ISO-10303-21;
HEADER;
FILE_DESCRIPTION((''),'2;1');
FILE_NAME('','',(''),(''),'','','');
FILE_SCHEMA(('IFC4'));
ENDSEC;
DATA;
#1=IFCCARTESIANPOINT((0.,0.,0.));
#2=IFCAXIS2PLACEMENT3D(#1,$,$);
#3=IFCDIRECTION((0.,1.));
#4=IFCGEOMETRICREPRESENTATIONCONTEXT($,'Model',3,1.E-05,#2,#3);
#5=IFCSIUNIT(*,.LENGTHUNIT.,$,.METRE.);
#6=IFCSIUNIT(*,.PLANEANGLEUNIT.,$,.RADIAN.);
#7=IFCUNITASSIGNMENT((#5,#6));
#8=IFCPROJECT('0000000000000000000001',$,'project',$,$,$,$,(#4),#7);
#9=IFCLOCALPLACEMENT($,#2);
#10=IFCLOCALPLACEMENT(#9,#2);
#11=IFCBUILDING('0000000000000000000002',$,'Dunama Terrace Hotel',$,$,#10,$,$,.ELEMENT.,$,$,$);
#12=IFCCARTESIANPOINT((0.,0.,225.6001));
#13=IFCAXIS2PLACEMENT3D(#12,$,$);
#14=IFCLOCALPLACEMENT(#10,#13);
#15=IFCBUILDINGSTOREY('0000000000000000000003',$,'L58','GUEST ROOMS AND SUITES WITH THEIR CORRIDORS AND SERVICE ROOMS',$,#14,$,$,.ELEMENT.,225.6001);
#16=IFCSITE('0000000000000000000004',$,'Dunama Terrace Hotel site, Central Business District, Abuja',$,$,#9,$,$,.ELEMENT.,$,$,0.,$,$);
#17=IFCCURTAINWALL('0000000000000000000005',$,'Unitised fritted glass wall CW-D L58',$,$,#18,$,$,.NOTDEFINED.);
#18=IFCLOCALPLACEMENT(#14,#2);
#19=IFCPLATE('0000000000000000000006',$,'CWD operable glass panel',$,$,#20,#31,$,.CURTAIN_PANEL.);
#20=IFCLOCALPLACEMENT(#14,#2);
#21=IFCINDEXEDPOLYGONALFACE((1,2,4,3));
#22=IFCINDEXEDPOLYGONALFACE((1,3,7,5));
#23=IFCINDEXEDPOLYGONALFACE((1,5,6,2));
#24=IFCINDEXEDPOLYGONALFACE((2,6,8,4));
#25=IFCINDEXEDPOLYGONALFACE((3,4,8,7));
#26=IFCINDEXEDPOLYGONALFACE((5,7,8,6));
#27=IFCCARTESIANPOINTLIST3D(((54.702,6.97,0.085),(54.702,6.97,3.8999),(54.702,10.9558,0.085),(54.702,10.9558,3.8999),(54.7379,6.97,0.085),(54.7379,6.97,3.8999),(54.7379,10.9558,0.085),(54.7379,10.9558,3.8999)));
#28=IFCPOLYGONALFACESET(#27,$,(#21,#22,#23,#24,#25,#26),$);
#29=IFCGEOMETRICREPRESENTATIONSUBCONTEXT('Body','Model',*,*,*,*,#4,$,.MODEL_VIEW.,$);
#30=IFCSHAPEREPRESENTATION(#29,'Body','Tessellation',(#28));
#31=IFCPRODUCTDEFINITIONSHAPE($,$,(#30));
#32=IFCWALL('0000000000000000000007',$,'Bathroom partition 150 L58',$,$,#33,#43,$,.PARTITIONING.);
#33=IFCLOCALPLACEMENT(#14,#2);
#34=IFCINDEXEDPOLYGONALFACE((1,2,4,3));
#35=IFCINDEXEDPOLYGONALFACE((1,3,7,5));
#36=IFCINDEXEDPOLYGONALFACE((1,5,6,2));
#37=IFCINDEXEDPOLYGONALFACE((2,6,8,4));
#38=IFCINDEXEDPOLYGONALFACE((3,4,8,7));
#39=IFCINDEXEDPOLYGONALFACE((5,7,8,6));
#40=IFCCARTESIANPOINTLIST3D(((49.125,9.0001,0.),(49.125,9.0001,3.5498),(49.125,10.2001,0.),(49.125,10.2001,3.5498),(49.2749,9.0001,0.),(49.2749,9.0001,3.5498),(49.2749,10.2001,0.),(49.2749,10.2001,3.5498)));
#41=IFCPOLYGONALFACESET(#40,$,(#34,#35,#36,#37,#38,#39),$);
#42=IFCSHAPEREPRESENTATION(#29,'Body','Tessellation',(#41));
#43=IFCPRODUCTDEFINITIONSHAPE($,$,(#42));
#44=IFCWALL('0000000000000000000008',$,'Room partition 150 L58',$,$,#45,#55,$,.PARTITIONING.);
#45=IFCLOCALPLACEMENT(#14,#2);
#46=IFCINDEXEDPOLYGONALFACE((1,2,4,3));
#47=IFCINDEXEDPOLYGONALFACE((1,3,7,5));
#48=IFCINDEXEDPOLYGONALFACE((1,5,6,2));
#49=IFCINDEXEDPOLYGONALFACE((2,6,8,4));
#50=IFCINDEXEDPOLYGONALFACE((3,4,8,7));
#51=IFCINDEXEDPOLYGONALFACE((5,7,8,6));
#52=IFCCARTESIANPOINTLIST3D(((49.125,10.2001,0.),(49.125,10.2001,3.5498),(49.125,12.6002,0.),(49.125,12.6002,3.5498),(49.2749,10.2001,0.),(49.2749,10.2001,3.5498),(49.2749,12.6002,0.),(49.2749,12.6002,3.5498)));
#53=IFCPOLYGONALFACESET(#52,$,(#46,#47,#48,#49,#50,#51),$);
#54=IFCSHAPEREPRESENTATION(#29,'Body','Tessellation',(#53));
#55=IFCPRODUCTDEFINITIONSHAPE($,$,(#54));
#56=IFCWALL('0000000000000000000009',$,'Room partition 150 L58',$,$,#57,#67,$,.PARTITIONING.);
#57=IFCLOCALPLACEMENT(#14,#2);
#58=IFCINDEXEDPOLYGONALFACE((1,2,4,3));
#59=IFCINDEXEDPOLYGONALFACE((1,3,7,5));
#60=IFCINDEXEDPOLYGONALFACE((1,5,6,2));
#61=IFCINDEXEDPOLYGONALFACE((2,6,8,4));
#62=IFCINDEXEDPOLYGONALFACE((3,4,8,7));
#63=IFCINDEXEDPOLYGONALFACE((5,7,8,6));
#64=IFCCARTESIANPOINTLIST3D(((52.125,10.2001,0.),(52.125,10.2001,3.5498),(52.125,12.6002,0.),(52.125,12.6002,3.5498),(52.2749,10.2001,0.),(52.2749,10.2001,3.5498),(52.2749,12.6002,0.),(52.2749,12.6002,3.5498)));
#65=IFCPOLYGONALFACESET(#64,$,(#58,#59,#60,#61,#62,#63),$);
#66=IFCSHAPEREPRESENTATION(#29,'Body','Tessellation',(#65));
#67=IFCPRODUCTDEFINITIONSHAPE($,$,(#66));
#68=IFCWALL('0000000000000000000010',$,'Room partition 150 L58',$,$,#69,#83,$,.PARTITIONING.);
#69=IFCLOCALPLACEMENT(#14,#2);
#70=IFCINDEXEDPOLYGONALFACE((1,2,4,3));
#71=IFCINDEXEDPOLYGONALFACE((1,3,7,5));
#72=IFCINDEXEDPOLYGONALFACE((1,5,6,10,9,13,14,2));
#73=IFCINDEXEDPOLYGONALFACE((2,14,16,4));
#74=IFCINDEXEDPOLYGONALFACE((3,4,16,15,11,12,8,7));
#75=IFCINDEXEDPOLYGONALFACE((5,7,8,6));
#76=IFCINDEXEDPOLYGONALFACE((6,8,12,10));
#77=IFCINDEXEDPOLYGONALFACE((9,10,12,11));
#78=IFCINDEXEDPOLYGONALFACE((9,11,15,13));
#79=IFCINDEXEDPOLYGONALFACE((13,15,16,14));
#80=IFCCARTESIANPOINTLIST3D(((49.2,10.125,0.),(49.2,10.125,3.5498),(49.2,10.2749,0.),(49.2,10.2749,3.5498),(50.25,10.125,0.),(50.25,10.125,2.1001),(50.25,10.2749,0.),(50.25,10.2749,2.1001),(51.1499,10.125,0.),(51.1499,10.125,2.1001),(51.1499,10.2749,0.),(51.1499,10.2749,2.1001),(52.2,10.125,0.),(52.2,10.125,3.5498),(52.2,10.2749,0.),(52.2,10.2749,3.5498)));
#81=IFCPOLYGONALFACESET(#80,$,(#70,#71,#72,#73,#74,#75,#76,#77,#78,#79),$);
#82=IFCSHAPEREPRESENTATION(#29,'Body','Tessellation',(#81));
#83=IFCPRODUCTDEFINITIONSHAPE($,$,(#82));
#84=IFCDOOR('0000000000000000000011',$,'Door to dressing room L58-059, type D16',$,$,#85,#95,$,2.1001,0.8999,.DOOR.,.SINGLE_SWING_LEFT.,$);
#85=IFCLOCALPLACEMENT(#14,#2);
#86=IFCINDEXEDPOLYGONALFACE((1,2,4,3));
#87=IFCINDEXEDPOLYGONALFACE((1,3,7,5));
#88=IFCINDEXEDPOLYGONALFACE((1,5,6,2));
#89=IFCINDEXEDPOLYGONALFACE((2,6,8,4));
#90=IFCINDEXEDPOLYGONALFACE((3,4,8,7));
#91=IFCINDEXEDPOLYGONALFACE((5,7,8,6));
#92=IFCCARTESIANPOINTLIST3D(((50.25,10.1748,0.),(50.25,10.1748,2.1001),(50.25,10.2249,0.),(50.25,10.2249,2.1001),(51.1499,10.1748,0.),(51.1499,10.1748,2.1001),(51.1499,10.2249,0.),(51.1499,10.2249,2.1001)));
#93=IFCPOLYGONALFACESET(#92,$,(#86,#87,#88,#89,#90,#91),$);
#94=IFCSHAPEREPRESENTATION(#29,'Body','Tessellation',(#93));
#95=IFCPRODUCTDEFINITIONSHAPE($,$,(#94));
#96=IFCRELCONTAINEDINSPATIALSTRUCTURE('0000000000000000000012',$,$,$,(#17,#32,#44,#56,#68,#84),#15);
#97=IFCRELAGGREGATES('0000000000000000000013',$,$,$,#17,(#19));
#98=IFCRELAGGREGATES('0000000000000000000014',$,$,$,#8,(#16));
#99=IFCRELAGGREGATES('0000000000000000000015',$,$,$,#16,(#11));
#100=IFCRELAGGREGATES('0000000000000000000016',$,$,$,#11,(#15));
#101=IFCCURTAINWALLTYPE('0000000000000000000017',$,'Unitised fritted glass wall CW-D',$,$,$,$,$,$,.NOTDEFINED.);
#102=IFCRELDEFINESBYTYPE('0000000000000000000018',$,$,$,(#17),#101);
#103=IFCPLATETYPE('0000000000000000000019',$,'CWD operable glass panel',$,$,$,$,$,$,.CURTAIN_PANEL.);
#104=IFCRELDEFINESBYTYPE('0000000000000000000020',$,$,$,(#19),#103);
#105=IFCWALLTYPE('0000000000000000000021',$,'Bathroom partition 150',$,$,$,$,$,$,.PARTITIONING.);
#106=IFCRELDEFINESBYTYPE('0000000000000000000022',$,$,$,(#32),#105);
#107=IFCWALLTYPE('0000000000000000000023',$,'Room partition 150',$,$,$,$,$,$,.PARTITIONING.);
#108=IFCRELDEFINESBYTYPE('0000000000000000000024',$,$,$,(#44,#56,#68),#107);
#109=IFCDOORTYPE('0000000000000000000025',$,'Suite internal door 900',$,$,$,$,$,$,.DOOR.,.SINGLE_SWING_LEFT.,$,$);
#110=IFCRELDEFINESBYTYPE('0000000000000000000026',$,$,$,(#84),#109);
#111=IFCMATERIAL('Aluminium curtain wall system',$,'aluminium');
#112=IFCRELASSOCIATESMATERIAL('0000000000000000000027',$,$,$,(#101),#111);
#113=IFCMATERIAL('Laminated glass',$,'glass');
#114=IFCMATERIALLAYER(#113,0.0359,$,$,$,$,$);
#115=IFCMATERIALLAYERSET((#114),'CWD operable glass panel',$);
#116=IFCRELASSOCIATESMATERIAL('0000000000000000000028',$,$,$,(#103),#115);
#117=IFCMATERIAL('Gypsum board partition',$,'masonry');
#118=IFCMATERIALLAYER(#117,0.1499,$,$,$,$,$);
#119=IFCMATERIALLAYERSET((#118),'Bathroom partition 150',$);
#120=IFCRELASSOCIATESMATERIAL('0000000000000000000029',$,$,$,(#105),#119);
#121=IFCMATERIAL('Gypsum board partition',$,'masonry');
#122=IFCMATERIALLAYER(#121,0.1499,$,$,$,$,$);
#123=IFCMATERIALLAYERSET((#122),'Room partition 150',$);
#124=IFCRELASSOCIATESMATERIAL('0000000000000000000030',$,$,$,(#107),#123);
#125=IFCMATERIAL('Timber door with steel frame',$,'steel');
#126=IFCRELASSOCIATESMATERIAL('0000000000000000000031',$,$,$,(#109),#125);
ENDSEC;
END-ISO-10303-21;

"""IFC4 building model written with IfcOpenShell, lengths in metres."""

from ifc_helpers import new_model, si_unit, direction, frame, frame_2d, origin, origin_2d, place, context, subcontext, project, spatial, rectangle, extrude, material, layer, layer_set, type_object, element, fill, aggregate, save


model = new_model("IFC4")

# Units and contexts
model_context = context("Model", 3, precision=1e-05, world=origin(), true_north=direction((0.0, 1.0)))
body_context = subcontext(model_context, "Body", "Model", "MODEL_VIEW")
ifc_project = project(units=[si_unit("LENGTHUNIT", "METRE"), si_unit("PLANEANGLEUNIT", "RADIAN")], contexts=[model_context])

# Site, building, storey
site_placement = place(None, origin())
site = spatial("IfcSite", under=ifc_project, at=site_placement, Name="Dunama Terrace Hotel site, Central Business District, Abuja", CompositionType="ELEMENT", RefElevation=0.0)
building_placement = place(site_placement, origin())
building = spatial("IfcBuilding", under=site, at=building_placement, Name="Dunama Terrace Hotel", CompositionType="ELEMENT")
storey_placement = place(building_placement, frame((0.0, 0.0, 225.6001)))
storey = spatial("IfcBuildingStorey", under=building, at=storey_placement, Name="L58", Description="GUEST ROOMS AND SUITES WITH THEIR CORRIDORS AND SERVICE ROOMS", CompositionType="ELEMENT", Elevation=225.6001)

# Shared definitions
ifc_material_1 = material(Name="Aluminium curtain wall system", Category="aluminium")
curtain_wall_type = type_object("IfcCurtainWallType", Name="Unitised fritted glass wall CW-D", PredefinedType="NOTDEFINED", material=ifc_material_1)

# Curtain wall
curtain_wall_1_placement = place(storey_placement, origin())
curtain_wall_1 = element("IfcCurtainWall", 1, at=curtain_wall_1_placement, inside=storey, type_object=curtain_wall_type, Name="Unitised fritted glass wall CW-D L58", PredefinedType="NOTDEFINED")

# Plate
ifc_material_2 = material(Name="Laminated glass", Category="glass")
ifc_layer_1 = layer(ifc_material_2, 0.0359)
ifc_layer_set_1 = layer_set([ifc_layer_1], Name="CWD operable glass panel")
plate_type_1 = type_object("IfcPlateType", Name="CWD operable glass panel", PredefinedType="CURTAIN_PANEL", material=ifc_layer_set_1)
plate_1_placement = place(storey_placement, frame((54.72, 8.9629, 0.085), z_axis=(0.0, 0.0, 1.0), x_axis=(0.0, 1.0, 0.0)))
plate_1 = element("IfcPlate", 2, at=plate_1_placement, type_object=plate_type_1, Name="CWD operable glass panel", PredefinedType="CURTAIN_PANEL", context=body_context, shape_type="SweptSolid", body=[
    extrude(rectangle(XDim=3.9858, YDim=0.0359, at=origin_2d()), origin(), (0.0, 0.0, 1.0), 3.8149),
])
aggregate(curtain_wall_1, [plate_1])

# Walls
ifc_material_3 = material(Name="Gypsum board partition", Category="masonry")
ifc_layer_2 = layer(ifc_material_3, 0.1499)
ifc_layer_set_2 = layer_set([ifc_layer_2], Name="Bathroom partition 150")
wall_type_1 = type_object("IfcWallType", Name="Bathroom partition 150", PredefinedType="PARTITIONING", material=ifc_layer_set_2)
wall_1_placement = place(storey_placement, frame((49.2, 9.0, 0.0), z_axis=(0.0, 0.0, 1.0), x_axis=(0.0, 1.0, 0.0)))
element("IfcWall", 3, at=wall_1_placement, inside=storey, type_object=wall_type_1, Name="Bathroom partition 150 L58", PredefinedType="PARTITIONING", context=body_context, shape_type="SweptSolid", body=[
    extrude(rectangle(XDim=1.2, YDim=0.1499, at=frame_2d((0.6001, 0.0))), origin(), (0.0, 0.0, 1.0), 3.5498),
])
ifc_material_4 = material(Name="Gypsum board partition", Category="masonry")
ifc_layer_3 = layer(ifc_material_4, 0.1499)
ifc_layer_set_3 = layer_set([ifc_layer_3], Name="Room partition 150")
wall_type_2 = type_object("IfcWallType", Name="Room partition 150", PredefinedType="PARTITIONING", material=ifc_layer_set_3)
for number, where, z_axis, x_axis, name in (
    (4, (49.2, 10.2, 0.0), (0.0, 0.0, 1.0), (0.0, 1.0, 0.0), "Room partition 150 L58"),
    (5, (52.2, 10.2, 0.0), (0.0, 0.0, 1.0), (0.0, 1.0, 0.0), "Room partition 150 L58"),
):
    element("IfcWall", number, at=place(storey_placement, frame(where, z_axis=z_axis, x_axis=x_axis)), inside=storey, type_object=wall_type_2, Name=name, PredefinedType="PARTITIONING", context=body_context, shape_type="SweptSolid", body=[
        extrude(rectangle(XDim=2.4001, YDim=0.1499, at=frame_2d((1.2002, 0.0))), origin(), (0.0, 0.0, 1.0), 3.5498),
    ])

# Wall, opening, door
wall_2_placement = place(storey_placement, frame((49.2, 10.2, 0.0), z_axis=(0.0, 0.0, 1.0), x_axis=(1.0, 0.0, 0.0)))
wall_2 = element("IfcWall", 6, at=wall_2_placement, inside=storey, type_object=wall_type_2, Name="Room partition 150 L58", PredefinedType="PARTITIONING", context=body_context, shape_type="SweptSolid", body=[
    extrude(rectangle(XDim=3.0, YDim=0.1499, at=frame_2d((1.5, 0.0))), origin(), (0.0, 0.0, 1.0), 3.5498),
])
opening_placement = place(wall_2_placement, frame((1.05, 0.0, 0.0)))
opening = element("IfcOpeningElement", 7, at=opening_placement, cuts=wall_2, PredefinedType="OPENING", context=body_context, shape_type="SweptSolid", body=[
    extrude(rectangle(XDim=0.8999, YDim=2.1001, at=frame_2d((0.45, 1.05))), frame((0.0, 0.085, 0.0), z_axis=(0.0, -1.0, 0.0), x_axis=(1.0, 0.0, 0.0)), (0.0, 0.0, 1.0), 0.1699),
])
ifc_material_5 = material(Name="Timber door with steel frame", Category="steel")
door_type = type_object("IfcDoorType", Name="Suite internal door 900", OperationType="SINGLE_SWING_LEFT", PredefinedType="DOOR", material=ifc_material_5)
door_placement = place(opening_placement, origin())
door = element("IfcDoor", 8, at=door_placement, inside=storey, type_object=door_type, Name="Door to dressing room L58-059, type D16", OperationType="SINGLE_SWING_LEFT", OverallHeight=2.1001, OverallWidth=0.8999, PredefinedType="DOOR", context=body_context, shape_type="SweptSolid", body=[
    extrude(rectangle(XDim=0.8999, YDim=2.1001, at=frame_2d((0.45, 1.05))), frame((0.0, 0.0249, 0.0), z_axis=(0.0, -1.0, 0.0), x_axis=(1.0, 0.0, 0.0)), (0.0, 0.0, 1.0), 0.05),
])
fill(opening, door)

save(model, "model.ifc")
